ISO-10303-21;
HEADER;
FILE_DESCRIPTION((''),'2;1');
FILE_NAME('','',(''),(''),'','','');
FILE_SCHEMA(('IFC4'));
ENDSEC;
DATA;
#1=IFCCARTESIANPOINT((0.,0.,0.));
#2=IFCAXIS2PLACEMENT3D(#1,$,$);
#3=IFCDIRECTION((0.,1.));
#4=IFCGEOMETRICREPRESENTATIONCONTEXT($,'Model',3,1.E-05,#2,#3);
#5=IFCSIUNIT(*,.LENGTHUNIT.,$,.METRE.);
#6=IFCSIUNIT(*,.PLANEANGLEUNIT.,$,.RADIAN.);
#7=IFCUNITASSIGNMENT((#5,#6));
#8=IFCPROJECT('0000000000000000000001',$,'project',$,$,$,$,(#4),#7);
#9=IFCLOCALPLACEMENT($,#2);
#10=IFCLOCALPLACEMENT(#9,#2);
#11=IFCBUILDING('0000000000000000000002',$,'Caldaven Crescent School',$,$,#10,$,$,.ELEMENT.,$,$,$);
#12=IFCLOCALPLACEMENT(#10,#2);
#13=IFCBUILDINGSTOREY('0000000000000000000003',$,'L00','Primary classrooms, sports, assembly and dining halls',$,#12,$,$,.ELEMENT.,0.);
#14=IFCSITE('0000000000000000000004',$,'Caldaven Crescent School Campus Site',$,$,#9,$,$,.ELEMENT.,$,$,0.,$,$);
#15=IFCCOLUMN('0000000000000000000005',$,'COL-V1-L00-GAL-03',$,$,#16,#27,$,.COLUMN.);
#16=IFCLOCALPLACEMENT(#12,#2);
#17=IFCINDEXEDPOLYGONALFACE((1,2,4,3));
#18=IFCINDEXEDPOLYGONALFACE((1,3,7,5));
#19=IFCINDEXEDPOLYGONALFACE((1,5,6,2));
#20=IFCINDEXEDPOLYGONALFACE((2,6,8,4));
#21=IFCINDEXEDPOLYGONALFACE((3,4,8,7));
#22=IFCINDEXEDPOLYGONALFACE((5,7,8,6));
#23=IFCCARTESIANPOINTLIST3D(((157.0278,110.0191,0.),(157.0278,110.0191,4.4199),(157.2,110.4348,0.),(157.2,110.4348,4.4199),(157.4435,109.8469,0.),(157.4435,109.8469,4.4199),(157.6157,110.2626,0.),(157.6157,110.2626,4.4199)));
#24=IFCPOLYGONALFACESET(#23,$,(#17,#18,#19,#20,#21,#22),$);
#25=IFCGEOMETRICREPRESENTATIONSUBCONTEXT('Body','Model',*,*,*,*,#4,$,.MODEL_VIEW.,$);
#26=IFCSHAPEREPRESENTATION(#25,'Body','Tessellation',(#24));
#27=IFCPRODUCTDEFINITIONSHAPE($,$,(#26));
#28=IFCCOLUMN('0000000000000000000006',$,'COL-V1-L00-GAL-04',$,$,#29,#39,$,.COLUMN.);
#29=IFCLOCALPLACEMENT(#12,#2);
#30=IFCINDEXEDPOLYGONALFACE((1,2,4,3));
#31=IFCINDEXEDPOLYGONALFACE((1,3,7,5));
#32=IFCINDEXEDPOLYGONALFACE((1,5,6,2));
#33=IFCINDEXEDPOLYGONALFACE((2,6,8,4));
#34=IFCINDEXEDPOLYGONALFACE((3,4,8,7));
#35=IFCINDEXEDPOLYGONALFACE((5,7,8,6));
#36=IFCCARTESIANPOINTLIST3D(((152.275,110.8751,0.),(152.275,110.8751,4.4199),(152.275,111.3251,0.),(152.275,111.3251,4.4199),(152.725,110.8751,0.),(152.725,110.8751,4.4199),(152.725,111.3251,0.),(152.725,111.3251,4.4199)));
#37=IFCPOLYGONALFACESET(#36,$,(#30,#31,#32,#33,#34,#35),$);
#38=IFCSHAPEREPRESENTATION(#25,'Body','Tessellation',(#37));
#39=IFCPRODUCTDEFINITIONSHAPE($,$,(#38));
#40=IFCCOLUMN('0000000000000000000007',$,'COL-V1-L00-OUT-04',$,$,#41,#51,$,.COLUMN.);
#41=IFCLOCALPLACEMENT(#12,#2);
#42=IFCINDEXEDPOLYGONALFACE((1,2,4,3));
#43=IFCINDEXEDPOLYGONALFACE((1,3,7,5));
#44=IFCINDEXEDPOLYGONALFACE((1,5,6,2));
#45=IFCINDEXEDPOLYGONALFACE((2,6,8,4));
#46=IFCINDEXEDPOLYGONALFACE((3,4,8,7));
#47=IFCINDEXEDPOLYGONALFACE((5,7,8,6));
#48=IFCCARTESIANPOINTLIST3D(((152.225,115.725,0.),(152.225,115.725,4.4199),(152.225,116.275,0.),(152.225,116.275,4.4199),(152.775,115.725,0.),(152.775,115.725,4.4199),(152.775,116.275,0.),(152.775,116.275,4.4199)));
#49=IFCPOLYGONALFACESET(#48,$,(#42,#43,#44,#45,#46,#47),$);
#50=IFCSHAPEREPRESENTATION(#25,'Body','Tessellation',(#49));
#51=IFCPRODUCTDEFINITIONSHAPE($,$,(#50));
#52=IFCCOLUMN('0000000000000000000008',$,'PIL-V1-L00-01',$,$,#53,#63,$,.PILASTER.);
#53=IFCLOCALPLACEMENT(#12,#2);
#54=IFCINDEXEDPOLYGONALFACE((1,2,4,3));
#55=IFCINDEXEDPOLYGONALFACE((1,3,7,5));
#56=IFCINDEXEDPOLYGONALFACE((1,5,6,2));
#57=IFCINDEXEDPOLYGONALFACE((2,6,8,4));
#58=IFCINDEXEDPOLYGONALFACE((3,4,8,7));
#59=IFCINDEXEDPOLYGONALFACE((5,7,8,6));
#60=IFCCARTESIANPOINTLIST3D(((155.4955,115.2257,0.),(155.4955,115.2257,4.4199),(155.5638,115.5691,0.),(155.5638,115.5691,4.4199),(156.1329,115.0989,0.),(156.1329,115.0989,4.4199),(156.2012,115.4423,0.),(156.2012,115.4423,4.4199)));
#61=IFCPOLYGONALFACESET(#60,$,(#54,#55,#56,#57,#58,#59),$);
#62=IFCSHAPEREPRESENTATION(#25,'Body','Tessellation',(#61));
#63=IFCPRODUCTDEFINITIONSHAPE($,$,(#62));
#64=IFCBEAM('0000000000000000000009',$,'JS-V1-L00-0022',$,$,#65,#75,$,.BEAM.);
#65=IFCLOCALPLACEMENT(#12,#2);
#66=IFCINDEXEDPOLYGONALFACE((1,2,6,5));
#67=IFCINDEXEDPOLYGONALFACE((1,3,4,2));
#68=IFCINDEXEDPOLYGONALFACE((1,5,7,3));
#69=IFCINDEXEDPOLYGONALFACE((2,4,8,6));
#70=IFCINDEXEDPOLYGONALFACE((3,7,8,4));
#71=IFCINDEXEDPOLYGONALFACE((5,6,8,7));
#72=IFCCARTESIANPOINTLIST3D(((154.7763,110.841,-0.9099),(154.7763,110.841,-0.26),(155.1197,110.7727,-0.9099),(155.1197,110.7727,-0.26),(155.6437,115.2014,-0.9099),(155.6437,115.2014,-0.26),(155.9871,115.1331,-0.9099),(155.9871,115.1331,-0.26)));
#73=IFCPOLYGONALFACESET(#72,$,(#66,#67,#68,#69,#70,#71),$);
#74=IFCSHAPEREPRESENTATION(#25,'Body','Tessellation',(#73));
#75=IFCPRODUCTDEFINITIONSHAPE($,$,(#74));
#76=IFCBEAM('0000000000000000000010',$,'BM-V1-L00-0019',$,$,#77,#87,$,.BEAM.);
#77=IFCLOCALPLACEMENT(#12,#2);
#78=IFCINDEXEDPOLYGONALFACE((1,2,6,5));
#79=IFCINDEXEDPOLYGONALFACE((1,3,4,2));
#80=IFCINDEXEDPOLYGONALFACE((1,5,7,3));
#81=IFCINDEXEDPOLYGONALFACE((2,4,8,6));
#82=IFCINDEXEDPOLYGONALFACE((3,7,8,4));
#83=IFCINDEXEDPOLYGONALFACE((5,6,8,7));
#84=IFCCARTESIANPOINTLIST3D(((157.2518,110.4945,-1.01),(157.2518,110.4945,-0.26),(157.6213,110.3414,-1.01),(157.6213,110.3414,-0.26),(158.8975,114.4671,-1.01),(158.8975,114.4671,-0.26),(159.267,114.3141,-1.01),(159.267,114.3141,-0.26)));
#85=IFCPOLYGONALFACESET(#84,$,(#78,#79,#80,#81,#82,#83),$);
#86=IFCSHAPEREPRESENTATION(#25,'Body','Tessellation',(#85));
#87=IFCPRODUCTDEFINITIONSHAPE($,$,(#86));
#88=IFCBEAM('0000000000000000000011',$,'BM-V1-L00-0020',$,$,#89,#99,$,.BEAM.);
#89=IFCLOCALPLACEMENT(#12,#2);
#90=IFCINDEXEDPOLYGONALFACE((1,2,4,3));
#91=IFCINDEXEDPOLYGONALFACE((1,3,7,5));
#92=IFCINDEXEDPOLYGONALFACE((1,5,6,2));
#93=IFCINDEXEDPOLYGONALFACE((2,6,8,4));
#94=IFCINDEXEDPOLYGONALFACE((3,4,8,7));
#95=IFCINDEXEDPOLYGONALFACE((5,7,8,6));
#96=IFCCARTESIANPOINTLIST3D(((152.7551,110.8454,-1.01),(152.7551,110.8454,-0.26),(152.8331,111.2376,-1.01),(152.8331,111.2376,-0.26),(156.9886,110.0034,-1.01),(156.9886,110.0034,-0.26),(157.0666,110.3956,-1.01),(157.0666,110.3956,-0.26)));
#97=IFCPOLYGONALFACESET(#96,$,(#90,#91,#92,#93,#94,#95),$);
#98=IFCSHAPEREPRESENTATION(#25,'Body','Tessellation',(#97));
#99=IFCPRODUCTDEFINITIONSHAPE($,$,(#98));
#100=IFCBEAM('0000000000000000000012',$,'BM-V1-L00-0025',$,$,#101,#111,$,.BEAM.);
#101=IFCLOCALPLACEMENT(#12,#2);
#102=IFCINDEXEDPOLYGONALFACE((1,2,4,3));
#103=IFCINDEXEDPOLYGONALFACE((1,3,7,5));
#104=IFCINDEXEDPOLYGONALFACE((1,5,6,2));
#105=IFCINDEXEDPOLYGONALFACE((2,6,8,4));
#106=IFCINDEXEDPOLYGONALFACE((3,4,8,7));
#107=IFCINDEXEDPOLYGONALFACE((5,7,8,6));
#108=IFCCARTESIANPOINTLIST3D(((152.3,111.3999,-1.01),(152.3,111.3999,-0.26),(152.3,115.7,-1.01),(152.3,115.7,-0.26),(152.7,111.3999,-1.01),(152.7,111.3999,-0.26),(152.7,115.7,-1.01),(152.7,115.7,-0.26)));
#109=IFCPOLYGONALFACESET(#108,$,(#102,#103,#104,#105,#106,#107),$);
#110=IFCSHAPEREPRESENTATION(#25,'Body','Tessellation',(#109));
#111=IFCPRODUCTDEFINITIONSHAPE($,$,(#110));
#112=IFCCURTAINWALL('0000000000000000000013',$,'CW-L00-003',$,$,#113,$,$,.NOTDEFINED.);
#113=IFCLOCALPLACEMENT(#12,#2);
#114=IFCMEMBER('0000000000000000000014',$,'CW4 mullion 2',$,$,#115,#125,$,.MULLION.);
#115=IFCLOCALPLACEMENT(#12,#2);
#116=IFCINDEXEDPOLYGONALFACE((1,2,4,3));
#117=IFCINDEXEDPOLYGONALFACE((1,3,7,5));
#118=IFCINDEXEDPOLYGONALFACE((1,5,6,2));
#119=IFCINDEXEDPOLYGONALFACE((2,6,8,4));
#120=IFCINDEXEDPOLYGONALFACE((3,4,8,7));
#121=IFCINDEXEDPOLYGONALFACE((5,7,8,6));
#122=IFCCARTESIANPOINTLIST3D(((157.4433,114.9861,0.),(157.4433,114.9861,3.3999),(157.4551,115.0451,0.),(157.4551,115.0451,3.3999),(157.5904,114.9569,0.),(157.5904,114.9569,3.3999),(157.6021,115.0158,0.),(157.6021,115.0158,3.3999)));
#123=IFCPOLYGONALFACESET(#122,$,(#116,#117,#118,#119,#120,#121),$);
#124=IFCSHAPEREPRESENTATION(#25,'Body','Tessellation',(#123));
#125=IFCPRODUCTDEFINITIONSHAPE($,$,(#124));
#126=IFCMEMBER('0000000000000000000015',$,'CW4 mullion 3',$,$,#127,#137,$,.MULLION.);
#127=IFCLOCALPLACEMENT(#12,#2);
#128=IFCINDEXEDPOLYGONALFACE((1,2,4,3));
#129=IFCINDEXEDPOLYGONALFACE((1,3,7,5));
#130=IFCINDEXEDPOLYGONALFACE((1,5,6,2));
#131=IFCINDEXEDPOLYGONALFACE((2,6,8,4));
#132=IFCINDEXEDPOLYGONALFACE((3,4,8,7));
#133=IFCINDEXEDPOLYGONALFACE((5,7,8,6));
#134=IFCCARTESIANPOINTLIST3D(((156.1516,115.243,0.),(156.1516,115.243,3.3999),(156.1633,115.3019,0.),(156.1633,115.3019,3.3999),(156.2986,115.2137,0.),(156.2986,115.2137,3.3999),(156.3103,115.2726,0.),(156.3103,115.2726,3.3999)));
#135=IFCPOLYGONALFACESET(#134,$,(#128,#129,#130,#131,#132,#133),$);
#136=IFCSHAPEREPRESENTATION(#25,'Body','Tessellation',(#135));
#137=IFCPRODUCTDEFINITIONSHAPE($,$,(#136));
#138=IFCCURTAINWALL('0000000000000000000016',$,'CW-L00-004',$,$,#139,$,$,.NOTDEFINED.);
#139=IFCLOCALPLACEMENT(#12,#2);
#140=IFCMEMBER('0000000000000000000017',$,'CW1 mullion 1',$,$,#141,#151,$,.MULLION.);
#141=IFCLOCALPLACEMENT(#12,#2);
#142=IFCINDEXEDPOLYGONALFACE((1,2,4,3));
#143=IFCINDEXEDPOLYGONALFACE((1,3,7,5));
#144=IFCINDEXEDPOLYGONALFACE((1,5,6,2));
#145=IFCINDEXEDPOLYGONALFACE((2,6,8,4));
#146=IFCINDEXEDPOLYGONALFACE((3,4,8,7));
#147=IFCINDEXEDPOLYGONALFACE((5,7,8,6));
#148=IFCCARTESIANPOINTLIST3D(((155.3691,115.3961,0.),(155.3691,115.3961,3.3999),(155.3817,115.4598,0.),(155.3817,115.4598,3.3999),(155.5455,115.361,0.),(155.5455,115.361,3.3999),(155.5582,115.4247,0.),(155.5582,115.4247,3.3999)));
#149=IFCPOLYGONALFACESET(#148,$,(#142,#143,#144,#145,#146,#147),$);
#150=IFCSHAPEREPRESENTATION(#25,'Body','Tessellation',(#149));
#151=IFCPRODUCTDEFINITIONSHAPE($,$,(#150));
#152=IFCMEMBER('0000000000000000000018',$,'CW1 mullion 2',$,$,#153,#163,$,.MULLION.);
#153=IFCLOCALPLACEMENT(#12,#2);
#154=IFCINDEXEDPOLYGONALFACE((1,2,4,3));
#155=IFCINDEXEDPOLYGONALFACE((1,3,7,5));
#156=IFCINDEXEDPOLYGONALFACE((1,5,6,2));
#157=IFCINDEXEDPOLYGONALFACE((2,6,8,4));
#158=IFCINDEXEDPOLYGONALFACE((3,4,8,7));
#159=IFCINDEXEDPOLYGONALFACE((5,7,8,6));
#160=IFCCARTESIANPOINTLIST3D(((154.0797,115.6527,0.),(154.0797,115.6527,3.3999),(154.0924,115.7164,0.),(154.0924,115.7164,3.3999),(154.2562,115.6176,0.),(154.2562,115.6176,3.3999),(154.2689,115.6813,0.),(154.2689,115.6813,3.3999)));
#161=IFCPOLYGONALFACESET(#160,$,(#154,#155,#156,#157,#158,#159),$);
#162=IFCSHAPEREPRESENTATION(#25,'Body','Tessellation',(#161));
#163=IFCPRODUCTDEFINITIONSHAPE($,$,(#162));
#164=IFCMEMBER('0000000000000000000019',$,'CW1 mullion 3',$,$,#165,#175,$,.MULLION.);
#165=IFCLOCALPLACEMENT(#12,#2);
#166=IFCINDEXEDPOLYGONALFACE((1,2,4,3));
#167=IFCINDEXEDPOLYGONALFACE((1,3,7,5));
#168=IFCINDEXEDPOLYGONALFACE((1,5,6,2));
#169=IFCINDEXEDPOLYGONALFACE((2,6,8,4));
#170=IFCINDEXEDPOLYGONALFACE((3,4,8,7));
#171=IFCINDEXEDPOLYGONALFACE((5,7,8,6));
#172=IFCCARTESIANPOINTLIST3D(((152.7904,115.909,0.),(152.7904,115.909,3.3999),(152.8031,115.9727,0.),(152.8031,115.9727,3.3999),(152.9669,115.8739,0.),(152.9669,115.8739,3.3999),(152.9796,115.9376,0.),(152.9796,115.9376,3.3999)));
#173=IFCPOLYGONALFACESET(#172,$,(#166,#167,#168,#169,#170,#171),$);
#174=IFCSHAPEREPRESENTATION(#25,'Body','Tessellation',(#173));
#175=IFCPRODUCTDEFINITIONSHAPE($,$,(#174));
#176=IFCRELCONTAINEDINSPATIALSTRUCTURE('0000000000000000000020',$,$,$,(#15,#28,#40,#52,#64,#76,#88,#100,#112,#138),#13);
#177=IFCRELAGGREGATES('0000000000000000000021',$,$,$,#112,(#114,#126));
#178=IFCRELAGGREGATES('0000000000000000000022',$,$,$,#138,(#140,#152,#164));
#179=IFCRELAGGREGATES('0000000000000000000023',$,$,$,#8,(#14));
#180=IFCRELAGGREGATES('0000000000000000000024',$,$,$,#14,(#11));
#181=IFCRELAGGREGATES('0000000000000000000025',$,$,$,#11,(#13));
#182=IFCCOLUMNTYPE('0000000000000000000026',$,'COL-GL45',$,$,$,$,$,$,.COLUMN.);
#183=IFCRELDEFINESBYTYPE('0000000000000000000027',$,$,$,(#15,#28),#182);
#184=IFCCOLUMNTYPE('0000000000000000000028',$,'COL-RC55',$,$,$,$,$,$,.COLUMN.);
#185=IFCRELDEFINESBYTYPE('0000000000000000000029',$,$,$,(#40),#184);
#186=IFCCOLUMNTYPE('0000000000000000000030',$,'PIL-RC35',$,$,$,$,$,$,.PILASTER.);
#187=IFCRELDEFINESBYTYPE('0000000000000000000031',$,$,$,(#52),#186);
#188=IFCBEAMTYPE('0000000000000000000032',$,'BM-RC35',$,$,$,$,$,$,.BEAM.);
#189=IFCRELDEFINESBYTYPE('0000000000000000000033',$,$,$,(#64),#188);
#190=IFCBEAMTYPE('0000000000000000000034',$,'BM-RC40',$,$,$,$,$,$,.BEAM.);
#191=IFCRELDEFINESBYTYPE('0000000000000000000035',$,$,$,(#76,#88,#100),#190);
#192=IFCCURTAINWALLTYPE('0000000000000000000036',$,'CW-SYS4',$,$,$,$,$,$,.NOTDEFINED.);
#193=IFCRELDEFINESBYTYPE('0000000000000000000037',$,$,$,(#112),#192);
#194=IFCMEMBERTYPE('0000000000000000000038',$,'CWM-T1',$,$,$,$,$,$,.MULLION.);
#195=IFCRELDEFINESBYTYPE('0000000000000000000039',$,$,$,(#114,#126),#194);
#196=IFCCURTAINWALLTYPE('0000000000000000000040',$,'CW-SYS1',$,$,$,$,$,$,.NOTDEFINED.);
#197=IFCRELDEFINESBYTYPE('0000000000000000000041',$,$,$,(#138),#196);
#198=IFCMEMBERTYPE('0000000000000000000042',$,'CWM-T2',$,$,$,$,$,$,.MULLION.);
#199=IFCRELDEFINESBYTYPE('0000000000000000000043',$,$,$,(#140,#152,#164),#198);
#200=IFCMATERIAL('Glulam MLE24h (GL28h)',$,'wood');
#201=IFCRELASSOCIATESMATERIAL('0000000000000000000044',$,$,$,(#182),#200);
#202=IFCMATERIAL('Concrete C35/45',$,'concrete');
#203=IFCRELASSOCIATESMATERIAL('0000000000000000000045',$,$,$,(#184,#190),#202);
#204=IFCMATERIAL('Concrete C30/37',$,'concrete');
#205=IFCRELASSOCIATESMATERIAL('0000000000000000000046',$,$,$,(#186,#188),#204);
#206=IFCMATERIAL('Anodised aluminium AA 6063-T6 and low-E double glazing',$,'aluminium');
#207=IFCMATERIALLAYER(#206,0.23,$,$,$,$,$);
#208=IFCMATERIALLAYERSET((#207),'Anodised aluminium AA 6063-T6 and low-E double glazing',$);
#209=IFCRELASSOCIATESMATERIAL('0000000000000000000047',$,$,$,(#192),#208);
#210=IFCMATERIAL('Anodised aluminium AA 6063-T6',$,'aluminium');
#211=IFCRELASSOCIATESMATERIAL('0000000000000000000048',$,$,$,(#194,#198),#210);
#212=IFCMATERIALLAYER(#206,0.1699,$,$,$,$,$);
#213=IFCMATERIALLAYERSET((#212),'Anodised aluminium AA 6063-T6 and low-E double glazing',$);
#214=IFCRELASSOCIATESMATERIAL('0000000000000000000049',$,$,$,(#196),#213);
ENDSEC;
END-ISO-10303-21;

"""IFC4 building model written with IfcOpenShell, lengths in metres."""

from ifc_helpers import new_model, si_unit, direction, frame, origin, origin_2d, place, context, subcontext, project, spatial, rectangle, extrude, material, layer, layer_set, material_profile, profile_set, type_object, element, aggregate, save


model = new_model("IFC4")

# Units and contexts
model_context = context("Model", 3, precision=1e-05, world=origin(), true_north=direction((0.0, 1.0)))
body_context = subcontext(model_context, "Body", "Model", "MODEL_VIEW")
ifc_project = project(units=[si_unit("LENGTHUNIT", "METRE"), si_unit("PLANEANGLEUNIT", "RADIAN")], contexts=[model_context])

# Site, building, storey
site_placement = place(None, origin())
site = spatial("IfcSite", under=ifc_project, at=site_placement, Name="Caldaven Crescent School Campus Site", CompositionType="ELEMENT", RefElevation=0.0)
building_placement = place(site_placement, origin())
building = spatial("IfcBuilding", under=site, at=building_placement, Name="Caldaven Crescent School", CompositionType="ELEMENT")
storey_placement = place(building_placement, origin())
storey = spatial("IfcBuildingStorey", under=building, at=storey_placement, Name="L00", Description="Primary classrooms, sports, assembly and dining halls", CompositionType="ELEMENT", Elevation=0.0)

# Columns
ifc_material_1 = material(Name="Glulam MLE24h (GL28h)", Category="wood")
ifc_material_profile_1 = material_profile(ifc_material_1, rectangle(XDim=0.45, YDim=0.45, at=origin_2d()), Name="MLE 450x450")
ifc_profile_set_1 = profile_set([ifc_material_profile_1], Name="Glulam MLE24h (GL28h)")
column_type_1 = type_object("IfcColumnType", Name="COL-GL45", PredefinedType="COLUMN", material=ifc_profile_set_1)
for number, where, z_axis, x_axis, name in (
    (1, (157.3218, 110.1409, 0.0), (0.0, 0.0, 1.0), (0.382683, 0.92388, 0.0), "COL-V1-L00-GAL-03"),
    (2, (152.5, 111.1001, 0.0), (0.0, 0.0, 1.0), (0.0, 1.0, 0.0), "COL-V1-L00-GAL-04"),
):
    element("IfcColumn", number, at=place(storey_placement, frame(where, z_axis=z_axis, x_axis=x_axis)), inside=storey, type_object=column_type_1, Name=name, PredefinedType="COLUMN", context=body_context, shape_type="SweptSolid", body=[
        extrude(rectangle(XDim=0.45, YDim=0.45, at=origin_2d()), origin(), (0.0, 0.0, 1.0), 4.4199),
    ])
ifc_material_2 = material(Name="Concrete C35/45", Category="concrete")
ifc_material_profile_2 = material_profile(ifc_material_2, rectangle(XDim=0.55, YDim=0.55, at=origin_2d()), Name="RC 550x550")
ifc_profile_set_2 = profile_set([ifc_material_profile_2], Name="Concrete C35/45")
column_type_2 = type_object("IfcColumnType", Name="COL-RC55", PredefinedType="COLUMN", material=ifc_profile_set_2)
column_1_placement = place(storey_placement, frame((152.5, 116.0, 0.0), z_axis=(0.0, 0.0, 1.0), x_axis=(0.0, 1.0, 0.0)))
element("IfcColumn", 3, at=column_1_placement, inside=storey, type_object=column_type_2, Name="COL-V1-L00-OUT-04", PredefinedType="COLUMN", context=body_context, shape_type="SweptSolid", body=[
    extrude(rectangle(XDim=0.55, YDim=0.55, at=origin_2d()), origin(), (0.0, 0.0, 1.0), 4.4199),
])
ifc_material_3 = material(Name="Concrete C30/37", Category="concrete")
ifc_material_profile_3 = material_profile(ifc_material_3, rectangle(XDim=0.3501, YDim=0.6499, at=origin_2d()), Name="RC 350x650")
ifc_profile_set_3 = profile_set([ifc_material_profile_3], Name="Concrete C30/37")
column_type_3 = type_object("IfcColumnType", Name="PIL-RC35", PredefinedType="PILASTER", material=ifc_profile_set_3)
column_2_placement = place(storey_placement, frame((155.8484, 115.334, 0.0), z_axis=(0.0, 0.0, 1.0), x_axis=(0.19509, 0.980785, 0.0)))
element("IfcColumn", 4, at=column_2_placement, inside=storey, type_object=column_type_3, Name="PIL-V1-L00-01", PredefinedType="PILASTER", context=body_context, shape_type="SweptSolid", body=[
    extrude(rectangle(XDim=0.3501, YDim=0.6499, at=origin_2d()), origin(), (0.0, 0.0, 1.0), 4.4199),
])

# Beams
ifc_material_profile_4 = material_profile(ifc_material_3, rectangle(XDim=0.3501, YDim=0.6499, at=origin_2d()), Name="RC 350x650")
ifc_profile_set_4 = profile_set([ifc_material_profile_4], Name="Concrete C30/37")
beam_type_1 = type_object("IfcBeamType", Name="BM-RC35", PredefinedType="BEAM", material=ifc_profile_set_4)
beam_1_placement = place(storey_placement, frame((154.948, 110.8069, -0.585), z_axis=(0.195113, 0.980781, 0.0), x_axis=(-0.980781, 0.195113, 0.0)))
element("IfcBeam", 5, at=beam_1_placement, inside=storey, type_object=beam_type_1, Name="JS-V1-L00-0022", PredefinedType="BEAM", context=body_context, shape_type="SweptSolid", body=[
    extrude(rectangle(XDim=0.3501, YDim=0.6499, at=origin_2d()), origin(), (0.0, 0.0, 1.0), 4.4458),
])
ifc_material_profile_5 = material_profile(ifc_material_2, rectangle(XDim=0.3999, YDim=0.75, at=origin_2d()), Name="RC 400x750")
ifc_profile_set_5 = profile_set([ifc_material_profile_5], Name="Concrete C35/45")
beam_type_2 = type_object("IfcBeamType", Name="BM-RC40", PredefinedType="BEAM", material=ifc_profile_set_5)
beam_2_placement = place(storey_placement, frame((157.4365, 110.418, -0.635), z_axis=(0.382728, 0.923861, 0.0), x_axis=(-0.923861, 0.382728, 0.0)))
element("IfcBeam", 6, at=beam_2_placement, inside=storey, type_object=beam_type_2, Name="BM-V1-L00-0019", PredefinedType="BEAM", context=body_context, shape_type="SweptSolid", body=[
    extrude(rectangle(XDim=0.3999, YDim=0.75, at=origin_2d()), origin(), (0.0, 0.0, 1.0), 4.3),
])
beam_3_placement = place(storey_placement, frame((157.0276, 110.1995, -0.635), z_axis=(-0.980787, 0.195083, 0.0), x_axis=(-0.195083, -0.980787, 0.0)))
element("IfcBeam", 7, at=beam_3_placement, inside=storey, type_object=beam_type_2, Name="BM-V1-L00-0020", PredefinedType="BEAM", context=body_context, shape_type="SweptSolid", body=[
    extrude(rectangle(XDim=0.3999, YDim=0.75, at=origin_2d()), origin(), (0.0, 0.0, 1.0), 4.3164),
])
beam_4_placement = place(storey_placement, frame((152.5, 111.3999, -0.635), z_axis=(0.0, 1.0, 0.0), x_axis=(-1.0, 0.0, 0.0)))
element("IfcBeam", 8, at=beam_4_placement, inside=storey, type_object=beam_type_2, Name="BM-V1-L00-0025", PredefinedType="BEAM", context=body_context, shape_type="SweptSolid", body=[
    extrude(rectangle(XDim=0.3999, YDim=0.75, at=origin_2d()), origin(), (0.0, 0.0, 1.0), 4.3),
])

# Curtain walls, members
ifc_material_4 = material(Name="Anodised aluminium AA 6063-T6 and low-E double glazing", Category="aluminium")
ifc_layer_1 = layer(ifc_material_4, 0.23)
ifc_layer_set_1 = layer_set([ifc_layer_1], Name="Anodised aluminium AA 6063-T6 and low-E double glazing")
curtain_wall_type_1 = type_object("IfcCurtainWallType", Name="CW-SYS4", PredefinedType="NOTDEFINED", material=ifc_layer_set_1)
curtain_wall_1_placement = place(storey_placement, origin())
curtain_wall_1 = element("IfcCurtainWall", 9, at=curtain_wall_1_placement, inside=storey, type_object=curtain_wall_type_1, Name="CW-L00-003", PredefinedType="NOTDEFINED")
ifc_material_5 = material(Name="Anodised aluminium AA 6063-T6", Category="aluminium")
ifc_material_profile_6 = material_profile(ifc_material_5, rectangle(XDim=0.0601, YDim=0.1499, at=origin_2d()), Name="CWM 60x150")
ifc_profile_set_6 = profile_set([ifc_material_profile_6], Name="Anodised aluminium AA 6063-T6")
member_type_1 = type_object("IfcMemberType", Name="CWM-T1", PredefinedType="MULLION", material=ifc_profile_set_6)
member_1_placement = place(storey_placement, frame((157.5227, 115.001, 0.0), z_axis=(0.0, 0.0, 1.0), x_axis=(-0.19509, -0.980785, 0.0)))
member_1 = element("IfcMember", 10, at=member_1_placement, type_object=member_type_1, Name="CW4 mullion 2", PredefinedType="MULLION", context=body_context, shape_type="SweptSolid", body=[
    extrude(rectangle(XDim=0.0601, YDim=0.1499, at=origin_2d()), origin(), (0.0, 0.0, 1.0), 3.3999),
])
member_2_placement = place(storey_placement, frame((156.231, 115.2578, 0.0), z_axis=(0.0, 0.0, 1.0), x_axis=(-0.19509, -0.980785, 0.0)))
member_2 = element("IfcMember", 11, at=member_2_placement, type_object=member_type_1, Name="CW4 mullion 3", PredefinedType="MULLION", context=body_context, shape_type="SweptSolid", body=[
    extrude(rectangle(XDim=0.0601, YDim=0.1499, at=origin_2d()), origin(), (0.0, 0.0, 1.0), 3.3999),
])
ifc_layer_2 = layer(ifc_material_4, 0.1699)
ifc_layer_set_2 = layer_set([ifc_layer_2], Name="Anodised aluminium AA 6063-T6 and low-E double glazing")
curtain_wall_type_2 = type_object("IfcCurtainWallType", Name="CW-SYS1", PredefinedType="NOTDEFINED", material=ifc_layer_set_2)
curtain_wall_2_placement = place(storey_placement, origin())
curtain_wall_2 = element("IfcCurtainWall", 12, at=curtain_wall_2_placement, inside=storey, type_object=curtain_wall_type_2, Name="CW-L00-004", PredefinedType="NOTDEFINED")
ifc_material_profile_7 = material_profile(ifc_material_5, rectangle(XDim=0.0649, YDim=0.1799, at=origin_2d()), Name="CWM 65x180")
ifc_profile_set_7 = profile_set([ifc_material_profile_7], Name="Anodised aluminium AA 6063-T6")
member_type_2 = type_object("IfcMemberType", Name="CWM-T2", PredefinedType="MULLION", material=ifc_profile_set_7)
member_3_placement = place(storey_placement, frame((155.4636, 115.4104, 0.0), z_axis=(0.0, 0.0, 1.0), x_axis=(-0.19509, -0.980785, 0.0)))
member_3 = element("IfcMember", 13, at=member_3_placement, type_object=member_type_2, Name="CW1 mullion 1", PredefinedType="MULLION", context=body_context, shape_type="SweptSolid", body=[
    extrude(rectangle(XDim=0.0649, YDim=0.1799, at=origin_2d()), origin(), (0.0, 0.0, 1.0), 3.3999),
])
member_4_placement = place(storey_placement, frame((154.1743, 115.667, 0.0), z_axis=(0.0, 0.0, 1.0), x_axis=(-0.19509, -0.980785, 0.0)))
member_4 = element("IfcMember", 14, at=member_4_placement, type_object=member_type_2, Name="CW1 mullion 2", PredefinedType="MULLION", context=body_context, shape_type="SweptSolid", body=[
    extrude(rectangle(XDim=0.0649, YDim=0.1799, at=origin_2d()), origin(), (0.0, 0.0, 1.0), 3.3999),
])
member_5_placement = place(storey_placement, frame((152.885, 115.9233, 0.0), z_axis=(0.0, 0.0, 1.0), x_axis=(-0.19509, -0.980785, 0.0)))
member_5 = element("IfcMember", 15, at=member_5_placement, type_object=member_type_2, Name="CW1 mullion 3", PredefinedType="MULLION", context=body_context, shape_type="SweptSolid", body=[
    extrude(rectangle(XDim=0.0649, YDim=0.1799, at=origin_2d()), origin(), (0.0, 0.0, 1.0), 3.3999),
])

aggregate(curtain_wall_1, [member_1, member_2])
aggregate(curtain_wall_2, [member_3, member_4, member_5])

save(model, "model.ifc")
